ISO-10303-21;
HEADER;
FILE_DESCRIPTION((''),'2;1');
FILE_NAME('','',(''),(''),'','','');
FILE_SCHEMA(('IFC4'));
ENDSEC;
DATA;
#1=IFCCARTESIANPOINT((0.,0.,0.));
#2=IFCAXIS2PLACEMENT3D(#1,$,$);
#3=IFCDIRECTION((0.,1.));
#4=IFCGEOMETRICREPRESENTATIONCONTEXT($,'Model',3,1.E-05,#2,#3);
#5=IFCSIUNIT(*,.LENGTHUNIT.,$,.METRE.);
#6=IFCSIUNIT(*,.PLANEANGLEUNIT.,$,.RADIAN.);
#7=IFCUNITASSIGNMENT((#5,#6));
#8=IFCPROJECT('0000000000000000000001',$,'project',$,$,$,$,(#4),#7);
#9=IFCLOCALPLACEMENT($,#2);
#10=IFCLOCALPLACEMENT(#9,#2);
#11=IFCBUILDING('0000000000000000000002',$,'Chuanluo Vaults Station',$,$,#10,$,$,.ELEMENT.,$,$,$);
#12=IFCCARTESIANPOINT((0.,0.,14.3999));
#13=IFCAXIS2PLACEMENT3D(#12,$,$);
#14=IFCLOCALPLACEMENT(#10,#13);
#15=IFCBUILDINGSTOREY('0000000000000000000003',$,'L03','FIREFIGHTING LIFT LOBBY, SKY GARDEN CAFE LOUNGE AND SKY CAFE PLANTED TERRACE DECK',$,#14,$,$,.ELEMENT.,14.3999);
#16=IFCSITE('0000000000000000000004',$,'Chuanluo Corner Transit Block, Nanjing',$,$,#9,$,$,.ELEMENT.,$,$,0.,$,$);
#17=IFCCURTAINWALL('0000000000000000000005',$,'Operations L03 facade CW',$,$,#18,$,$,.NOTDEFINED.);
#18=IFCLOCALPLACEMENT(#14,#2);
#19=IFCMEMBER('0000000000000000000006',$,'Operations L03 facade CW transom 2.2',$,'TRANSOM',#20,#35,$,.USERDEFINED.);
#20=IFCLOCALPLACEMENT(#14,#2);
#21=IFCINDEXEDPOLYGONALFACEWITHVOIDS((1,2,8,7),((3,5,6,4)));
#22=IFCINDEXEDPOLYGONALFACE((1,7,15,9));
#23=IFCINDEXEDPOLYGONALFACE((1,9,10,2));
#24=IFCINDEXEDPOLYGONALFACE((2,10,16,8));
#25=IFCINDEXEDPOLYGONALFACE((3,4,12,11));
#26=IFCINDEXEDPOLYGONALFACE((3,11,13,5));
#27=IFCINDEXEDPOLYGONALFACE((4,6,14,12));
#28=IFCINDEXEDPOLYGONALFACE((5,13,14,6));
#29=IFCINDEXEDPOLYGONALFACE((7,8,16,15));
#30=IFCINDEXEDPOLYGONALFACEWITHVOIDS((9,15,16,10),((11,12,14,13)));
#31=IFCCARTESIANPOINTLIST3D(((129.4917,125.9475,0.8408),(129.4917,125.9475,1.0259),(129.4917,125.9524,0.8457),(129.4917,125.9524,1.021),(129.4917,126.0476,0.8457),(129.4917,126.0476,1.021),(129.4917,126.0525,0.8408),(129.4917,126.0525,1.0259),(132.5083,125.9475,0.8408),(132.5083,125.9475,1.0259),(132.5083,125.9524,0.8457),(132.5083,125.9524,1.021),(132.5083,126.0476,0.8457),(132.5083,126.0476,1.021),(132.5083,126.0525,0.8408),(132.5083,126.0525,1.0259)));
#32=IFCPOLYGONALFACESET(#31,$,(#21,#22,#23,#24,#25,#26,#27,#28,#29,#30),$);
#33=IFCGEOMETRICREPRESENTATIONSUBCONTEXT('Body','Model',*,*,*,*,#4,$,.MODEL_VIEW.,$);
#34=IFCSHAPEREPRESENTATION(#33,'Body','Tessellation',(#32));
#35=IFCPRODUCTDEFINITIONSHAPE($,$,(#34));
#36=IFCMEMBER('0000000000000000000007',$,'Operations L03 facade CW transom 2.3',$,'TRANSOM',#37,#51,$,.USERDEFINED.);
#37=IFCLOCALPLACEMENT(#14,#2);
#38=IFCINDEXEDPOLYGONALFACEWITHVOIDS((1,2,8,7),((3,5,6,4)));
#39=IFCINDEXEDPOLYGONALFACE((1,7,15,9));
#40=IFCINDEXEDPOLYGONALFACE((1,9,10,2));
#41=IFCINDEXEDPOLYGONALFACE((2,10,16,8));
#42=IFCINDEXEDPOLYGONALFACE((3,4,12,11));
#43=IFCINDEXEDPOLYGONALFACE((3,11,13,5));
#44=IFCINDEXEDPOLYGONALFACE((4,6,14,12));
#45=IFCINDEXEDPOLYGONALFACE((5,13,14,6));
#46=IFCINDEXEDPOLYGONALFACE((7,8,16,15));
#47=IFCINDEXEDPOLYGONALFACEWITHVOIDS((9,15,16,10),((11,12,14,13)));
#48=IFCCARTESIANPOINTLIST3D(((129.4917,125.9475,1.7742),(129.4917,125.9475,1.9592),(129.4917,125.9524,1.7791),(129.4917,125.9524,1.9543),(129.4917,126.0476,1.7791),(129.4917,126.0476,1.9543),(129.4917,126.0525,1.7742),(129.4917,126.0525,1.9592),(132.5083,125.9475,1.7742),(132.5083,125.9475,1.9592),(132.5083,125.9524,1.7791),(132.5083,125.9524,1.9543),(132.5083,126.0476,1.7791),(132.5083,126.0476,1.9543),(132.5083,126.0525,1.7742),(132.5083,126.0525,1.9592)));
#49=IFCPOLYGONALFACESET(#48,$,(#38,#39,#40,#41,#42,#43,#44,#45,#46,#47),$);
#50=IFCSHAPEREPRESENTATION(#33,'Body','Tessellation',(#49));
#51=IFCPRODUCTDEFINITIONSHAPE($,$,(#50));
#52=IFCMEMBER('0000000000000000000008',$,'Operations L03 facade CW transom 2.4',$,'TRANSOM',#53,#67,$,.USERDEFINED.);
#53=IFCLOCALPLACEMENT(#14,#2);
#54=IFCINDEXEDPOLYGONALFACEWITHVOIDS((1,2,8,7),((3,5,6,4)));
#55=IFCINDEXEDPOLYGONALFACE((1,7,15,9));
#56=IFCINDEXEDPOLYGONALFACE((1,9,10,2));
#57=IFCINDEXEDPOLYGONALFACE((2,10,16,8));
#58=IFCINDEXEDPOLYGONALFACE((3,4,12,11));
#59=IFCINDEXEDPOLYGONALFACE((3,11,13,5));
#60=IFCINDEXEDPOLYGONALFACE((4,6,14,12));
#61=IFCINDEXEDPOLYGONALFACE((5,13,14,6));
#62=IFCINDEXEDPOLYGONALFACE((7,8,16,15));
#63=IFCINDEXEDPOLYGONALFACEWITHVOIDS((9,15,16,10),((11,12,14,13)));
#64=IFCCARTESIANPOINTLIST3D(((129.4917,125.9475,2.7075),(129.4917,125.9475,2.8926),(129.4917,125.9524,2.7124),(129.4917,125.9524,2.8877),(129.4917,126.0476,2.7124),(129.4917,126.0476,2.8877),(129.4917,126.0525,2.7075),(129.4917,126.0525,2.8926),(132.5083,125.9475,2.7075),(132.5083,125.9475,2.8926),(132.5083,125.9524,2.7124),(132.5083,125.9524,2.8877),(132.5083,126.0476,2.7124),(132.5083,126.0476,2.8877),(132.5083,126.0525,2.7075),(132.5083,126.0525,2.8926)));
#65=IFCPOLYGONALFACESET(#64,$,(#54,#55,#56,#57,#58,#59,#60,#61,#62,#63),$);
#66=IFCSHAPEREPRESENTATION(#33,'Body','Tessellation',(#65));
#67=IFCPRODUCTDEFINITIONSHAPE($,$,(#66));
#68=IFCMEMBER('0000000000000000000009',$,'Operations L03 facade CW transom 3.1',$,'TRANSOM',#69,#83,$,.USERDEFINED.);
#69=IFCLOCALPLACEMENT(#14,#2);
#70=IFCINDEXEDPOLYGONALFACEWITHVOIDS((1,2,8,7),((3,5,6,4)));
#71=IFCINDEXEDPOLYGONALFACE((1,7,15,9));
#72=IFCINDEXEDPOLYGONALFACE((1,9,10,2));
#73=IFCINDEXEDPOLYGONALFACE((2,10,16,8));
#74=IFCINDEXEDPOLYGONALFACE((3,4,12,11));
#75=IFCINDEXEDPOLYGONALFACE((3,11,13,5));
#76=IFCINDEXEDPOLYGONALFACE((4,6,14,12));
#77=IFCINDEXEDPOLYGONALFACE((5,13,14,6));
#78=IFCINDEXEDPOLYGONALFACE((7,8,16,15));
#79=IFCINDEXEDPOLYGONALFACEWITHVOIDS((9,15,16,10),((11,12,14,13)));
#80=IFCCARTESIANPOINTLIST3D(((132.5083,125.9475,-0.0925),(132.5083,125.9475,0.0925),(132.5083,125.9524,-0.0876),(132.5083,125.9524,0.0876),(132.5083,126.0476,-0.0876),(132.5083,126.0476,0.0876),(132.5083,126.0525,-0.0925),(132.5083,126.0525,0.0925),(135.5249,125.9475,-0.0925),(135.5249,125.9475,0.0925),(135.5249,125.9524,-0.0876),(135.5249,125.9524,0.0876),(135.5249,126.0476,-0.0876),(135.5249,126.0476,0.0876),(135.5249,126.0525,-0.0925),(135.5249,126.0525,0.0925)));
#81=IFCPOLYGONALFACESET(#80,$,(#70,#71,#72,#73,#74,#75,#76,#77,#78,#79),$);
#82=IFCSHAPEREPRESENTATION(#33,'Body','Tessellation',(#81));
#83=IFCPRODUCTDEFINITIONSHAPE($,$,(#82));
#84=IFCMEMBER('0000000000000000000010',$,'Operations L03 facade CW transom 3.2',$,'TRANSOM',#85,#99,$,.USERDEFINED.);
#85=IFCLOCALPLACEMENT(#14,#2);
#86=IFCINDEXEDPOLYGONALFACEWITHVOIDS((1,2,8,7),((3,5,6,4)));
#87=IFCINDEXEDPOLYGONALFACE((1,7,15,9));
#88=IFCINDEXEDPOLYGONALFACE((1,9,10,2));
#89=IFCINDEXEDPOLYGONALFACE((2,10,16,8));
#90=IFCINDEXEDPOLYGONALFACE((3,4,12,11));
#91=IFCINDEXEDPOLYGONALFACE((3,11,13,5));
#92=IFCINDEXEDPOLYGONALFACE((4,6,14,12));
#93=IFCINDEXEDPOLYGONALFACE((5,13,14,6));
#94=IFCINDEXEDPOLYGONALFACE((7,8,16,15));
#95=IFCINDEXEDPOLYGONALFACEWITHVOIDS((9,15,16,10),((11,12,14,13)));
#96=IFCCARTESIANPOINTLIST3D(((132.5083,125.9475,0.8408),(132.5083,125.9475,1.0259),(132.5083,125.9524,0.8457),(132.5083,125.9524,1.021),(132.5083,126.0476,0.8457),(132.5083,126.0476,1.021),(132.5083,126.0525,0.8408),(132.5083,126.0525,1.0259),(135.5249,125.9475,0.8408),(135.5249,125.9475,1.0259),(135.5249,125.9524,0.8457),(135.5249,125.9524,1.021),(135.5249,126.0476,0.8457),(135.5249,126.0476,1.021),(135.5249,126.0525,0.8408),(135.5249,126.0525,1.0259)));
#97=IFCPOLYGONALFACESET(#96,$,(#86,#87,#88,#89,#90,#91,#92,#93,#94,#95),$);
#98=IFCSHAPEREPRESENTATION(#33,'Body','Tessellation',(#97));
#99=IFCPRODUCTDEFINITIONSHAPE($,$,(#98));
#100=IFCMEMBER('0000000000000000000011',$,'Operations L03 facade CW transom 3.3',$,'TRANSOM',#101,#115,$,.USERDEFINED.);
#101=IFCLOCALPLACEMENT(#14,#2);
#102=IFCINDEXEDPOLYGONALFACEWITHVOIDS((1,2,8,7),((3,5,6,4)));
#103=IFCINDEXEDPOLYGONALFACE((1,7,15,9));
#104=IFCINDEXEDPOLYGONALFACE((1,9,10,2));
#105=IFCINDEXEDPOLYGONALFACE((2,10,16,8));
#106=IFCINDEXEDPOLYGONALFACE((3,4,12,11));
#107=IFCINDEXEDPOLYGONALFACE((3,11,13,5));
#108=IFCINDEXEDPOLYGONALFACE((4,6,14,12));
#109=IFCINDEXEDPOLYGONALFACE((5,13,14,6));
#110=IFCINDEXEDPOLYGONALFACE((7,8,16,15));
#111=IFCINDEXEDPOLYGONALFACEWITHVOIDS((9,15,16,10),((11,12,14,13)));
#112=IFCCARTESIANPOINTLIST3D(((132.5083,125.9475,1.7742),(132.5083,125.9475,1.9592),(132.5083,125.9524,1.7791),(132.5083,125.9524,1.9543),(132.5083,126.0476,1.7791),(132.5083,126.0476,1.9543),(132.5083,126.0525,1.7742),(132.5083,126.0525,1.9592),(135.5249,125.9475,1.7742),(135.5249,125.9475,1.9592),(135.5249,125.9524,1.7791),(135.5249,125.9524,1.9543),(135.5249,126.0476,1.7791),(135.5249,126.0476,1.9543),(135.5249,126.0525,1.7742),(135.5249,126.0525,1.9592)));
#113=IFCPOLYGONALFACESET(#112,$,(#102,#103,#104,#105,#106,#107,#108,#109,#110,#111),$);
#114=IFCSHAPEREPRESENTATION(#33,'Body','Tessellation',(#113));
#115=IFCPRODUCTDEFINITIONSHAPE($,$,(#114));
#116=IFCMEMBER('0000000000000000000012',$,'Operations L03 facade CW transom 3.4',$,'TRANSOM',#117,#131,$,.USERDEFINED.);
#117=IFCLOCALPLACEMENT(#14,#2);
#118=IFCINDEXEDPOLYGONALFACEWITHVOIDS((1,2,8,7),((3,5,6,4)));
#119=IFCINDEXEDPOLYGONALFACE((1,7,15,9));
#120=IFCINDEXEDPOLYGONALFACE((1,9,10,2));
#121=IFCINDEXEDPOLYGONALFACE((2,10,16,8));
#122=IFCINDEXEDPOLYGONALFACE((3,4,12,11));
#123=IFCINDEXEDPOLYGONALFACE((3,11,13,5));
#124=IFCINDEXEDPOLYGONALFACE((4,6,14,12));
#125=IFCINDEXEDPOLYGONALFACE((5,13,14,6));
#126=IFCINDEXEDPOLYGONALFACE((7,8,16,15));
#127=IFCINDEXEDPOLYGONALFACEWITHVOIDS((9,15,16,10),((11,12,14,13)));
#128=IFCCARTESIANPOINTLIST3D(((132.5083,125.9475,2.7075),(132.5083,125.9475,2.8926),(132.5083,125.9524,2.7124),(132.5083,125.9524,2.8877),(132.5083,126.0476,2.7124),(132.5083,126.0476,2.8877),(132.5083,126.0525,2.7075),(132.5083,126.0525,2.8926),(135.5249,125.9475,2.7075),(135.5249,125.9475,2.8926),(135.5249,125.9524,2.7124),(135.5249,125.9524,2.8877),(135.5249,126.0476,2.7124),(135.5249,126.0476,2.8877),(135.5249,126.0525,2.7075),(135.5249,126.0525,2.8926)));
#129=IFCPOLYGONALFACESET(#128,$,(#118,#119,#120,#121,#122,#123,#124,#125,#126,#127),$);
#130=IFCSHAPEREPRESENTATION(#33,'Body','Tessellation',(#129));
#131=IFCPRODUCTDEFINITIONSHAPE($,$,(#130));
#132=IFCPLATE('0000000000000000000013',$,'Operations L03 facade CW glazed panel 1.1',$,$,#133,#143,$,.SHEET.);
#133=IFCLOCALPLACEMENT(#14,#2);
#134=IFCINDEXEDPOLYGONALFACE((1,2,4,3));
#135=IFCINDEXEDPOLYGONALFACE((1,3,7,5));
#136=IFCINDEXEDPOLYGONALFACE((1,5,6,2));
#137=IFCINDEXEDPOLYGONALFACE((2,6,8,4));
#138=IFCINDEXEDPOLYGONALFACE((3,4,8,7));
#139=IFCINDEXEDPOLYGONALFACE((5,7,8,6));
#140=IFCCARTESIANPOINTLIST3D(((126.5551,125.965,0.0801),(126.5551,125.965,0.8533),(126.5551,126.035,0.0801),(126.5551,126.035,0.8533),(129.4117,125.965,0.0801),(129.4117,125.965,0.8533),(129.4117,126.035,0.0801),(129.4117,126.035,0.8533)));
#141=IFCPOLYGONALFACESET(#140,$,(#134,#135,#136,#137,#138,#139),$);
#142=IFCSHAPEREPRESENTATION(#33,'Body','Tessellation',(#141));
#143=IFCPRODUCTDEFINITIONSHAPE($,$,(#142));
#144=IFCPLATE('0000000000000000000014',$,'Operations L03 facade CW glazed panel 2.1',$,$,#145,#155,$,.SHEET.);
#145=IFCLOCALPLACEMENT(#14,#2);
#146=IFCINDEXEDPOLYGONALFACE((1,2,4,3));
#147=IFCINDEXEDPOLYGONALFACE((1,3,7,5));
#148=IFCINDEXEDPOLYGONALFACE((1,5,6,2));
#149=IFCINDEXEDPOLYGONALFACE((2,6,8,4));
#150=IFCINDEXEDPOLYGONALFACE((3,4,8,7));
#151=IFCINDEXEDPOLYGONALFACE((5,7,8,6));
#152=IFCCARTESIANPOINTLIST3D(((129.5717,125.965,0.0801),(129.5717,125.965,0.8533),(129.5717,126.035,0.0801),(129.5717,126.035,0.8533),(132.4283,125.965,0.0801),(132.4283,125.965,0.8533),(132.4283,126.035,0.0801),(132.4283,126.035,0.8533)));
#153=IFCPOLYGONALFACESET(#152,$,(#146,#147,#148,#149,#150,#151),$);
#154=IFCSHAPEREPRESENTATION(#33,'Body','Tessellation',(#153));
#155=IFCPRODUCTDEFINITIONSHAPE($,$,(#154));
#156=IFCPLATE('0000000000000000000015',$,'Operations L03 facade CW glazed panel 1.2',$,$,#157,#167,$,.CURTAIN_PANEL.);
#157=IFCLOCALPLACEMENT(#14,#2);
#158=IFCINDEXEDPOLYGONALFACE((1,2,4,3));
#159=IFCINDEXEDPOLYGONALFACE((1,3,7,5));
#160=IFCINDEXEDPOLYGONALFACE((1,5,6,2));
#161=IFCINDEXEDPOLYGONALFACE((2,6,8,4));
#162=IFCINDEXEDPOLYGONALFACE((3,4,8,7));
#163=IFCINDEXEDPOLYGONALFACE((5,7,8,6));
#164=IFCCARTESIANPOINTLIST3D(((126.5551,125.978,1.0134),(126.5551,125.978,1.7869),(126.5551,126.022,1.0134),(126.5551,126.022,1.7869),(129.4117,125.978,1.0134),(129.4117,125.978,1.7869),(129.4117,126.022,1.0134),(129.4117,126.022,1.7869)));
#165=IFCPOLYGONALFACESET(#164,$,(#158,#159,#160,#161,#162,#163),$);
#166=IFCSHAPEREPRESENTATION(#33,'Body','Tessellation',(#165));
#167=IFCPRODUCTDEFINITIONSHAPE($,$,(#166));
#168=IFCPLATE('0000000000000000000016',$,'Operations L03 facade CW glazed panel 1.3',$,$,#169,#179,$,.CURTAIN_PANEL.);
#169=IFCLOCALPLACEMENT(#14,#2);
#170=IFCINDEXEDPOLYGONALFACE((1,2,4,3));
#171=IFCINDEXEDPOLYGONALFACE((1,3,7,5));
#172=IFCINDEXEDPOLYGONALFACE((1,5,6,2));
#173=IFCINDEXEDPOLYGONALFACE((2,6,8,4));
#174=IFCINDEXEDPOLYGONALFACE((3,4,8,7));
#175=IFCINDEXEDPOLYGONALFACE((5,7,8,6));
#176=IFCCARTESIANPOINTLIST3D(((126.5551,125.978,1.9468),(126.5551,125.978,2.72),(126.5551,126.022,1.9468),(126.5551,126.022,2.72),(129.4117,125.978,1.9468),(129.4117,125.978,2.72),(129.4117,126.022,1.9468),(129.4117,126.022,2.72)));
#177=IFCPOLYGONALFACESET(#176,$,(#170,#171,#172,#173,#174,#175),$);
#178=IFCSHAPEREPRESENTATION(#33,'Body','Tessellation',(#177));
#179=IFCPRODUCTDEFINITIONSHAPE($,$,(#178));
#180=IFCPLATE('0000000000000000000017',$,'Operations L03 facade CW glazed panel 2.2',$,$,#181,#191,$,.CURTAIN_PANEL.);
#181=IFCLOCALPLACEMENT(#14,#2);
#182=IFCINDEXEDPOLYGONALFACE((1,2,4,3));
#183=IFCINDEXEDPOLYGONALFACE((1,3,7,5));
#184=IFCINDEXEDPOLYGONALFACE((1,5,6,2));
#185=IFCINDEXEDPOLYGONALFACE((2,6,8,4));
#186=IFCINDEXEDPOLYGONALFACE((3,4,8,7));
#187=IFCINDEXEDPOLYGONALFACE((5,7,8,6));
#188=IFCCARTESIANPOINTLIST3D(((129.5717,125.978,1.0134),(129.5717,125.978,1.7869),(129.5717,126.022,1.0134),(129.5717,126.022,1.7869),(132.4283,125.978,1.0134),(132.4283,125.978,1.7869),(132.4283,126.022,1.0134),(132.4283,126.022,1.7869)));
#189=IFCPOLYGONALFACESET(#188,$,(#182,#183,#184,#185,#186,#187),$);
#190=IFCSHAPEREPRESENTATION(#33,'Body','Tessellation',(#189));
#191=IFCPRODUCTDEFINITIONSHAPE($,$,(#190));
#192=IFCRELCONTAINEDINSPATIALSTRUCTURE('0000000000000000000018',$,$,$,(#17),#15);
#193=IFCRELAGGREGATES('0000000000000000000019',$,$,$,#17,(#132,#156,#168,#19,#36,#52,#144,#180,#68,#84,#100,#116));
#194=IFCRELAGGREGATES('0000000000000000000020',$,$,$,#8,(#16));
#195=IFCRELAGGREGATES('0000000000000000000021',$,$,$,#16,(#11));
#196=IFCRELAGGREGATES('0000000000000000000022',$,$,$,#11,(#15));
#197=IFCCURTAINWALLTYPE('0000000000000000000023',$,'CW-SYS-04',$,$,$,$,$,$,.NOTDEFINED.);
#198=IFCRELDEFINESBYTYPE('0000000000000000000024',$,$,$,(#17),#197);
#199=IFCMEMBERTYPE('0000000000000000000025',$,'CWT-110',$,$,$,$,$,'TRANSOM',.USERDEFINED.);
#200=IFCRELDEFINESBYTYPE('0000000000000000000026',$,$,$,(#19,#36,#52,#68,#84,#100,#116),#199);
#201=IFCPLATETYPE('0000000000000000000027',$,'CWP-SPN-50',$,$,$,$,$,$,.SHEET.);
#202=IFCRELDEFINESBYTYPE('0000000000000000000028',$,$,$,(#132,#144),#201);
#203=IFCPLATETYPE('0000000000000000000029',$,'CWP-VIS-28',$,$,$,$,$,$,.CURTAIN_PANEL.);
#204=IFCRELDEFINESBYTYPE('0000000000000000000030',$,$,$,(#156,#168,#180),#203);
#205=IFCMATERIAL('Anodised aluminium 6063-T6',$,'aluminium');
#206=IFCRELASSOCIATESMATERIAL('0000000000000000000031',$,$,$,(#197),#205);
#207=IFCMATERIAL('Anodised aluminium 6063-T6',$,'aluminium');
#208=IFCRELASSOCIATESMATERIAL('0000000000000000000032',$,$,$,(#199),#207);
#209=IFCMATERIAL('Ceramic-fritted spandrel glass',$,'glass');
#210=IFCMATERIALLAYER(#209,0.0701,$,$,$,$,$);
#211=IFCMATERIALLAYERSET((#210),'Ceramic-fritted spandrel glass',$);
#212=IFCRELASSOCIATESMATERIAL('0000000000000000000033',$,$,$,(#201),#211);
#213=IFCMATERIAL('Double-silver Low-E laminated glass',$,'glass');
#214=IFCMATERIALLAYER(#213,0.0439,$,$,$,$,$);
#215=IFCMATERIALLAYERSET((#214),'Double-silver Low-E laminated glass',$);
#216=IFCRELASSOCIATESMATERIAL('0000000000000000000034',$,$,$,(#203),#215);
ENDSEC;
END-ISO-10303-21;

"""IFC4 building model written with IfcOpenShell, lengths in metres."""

from ifc_helpers import new_model, si_unit, direction, frame, origin, origin_2d, place, context, subcontext, project, spatial, rectangle, hollow_rectangle, extrude, material, layer, layer_set, material_profile, profile_set, type_object, element, aggregate, save


model = new_model("IFC4")

# Units and contexts
model_context = context("Model", 3, precision=1e-05, world=origin(), true_north=direction((0.0, 1.0)))
body_context = subcontext(model_context, "Body", "Model", "MODEL_VIEW")
ifc_project = project(units=[si_unit("LENGTHUNIT", "METRE"), si_unit("PLANEANGLEUNIT", "RADIAN")], contexts=[model_context])

# Site, building, storey
site_placement = place(None, origin())
site = spatial("IfcSite", under=ifc_project, at=site_placement, Name="Chuanluo Corner Transit Block, Nanjing", CompositionType="ELEMENT", RefElevation=0.0)
building_placement = place(site_placement, origin())
building = spatial("IfcBuilding", under=site, at=building_placement, Name="Chuanluo Vaults Station", CompositionType="ELEMENT")
storey_placement = place(building_placement, frame((0.0, 0.0, 14.3999)))
storey = spatial("IfcBuildingStorey", under=building, at=storey_placement, Name="L03", Description="FIREFIGHTING LIFT LOBBY, SKY GARDEN CAFE LOUNGE AND SKY CAFE PLANTED TERRACE DECK", CompositionType="ELEMENT", Elevation=14.3999)

# Curtain wall, members, plates
ifc_material_1 = material(Name="Anodised aluminium 6063-T6", Category="aluminium")
curtain_wall_type = type_object("IfcCurtainWallType", Name="CW-SYS-04", PredefinedType="NOTDEFINED", material=ifc_material_1)
curtain_wall_placement = place(storey_placement, origin())
curtain_wall = element("IfcCurtainWall", 1, at=curtain_wall_placement, inside=storey, type_object=curtain_wall_type, Name="Operations L03 facade CW", PredefinedType="NOTDEFINED")
ifc_material_2 = material(Name="Anodised aluminium 6063-T6", Category="aluminium")
ifc_material_profile_1 = material_profile(ifc_material_2, hollow_rectangle(XDim=0.105, YDim=0.1851, WallThickness=0.0049, at=origin_2d()))
ifc_profile_set_1 = profile_set([ifc_material_profile_1], Name="Anodised aluminium 6063-T6")
member_type_1 = type_object("IfcMemberType", Name="CWT-110", ElementType="TRANSOM", PredefinedType="USERDEFINED", material=ifc_profile_set_1)
member_1_placement = place(storey_placement, frame((129.4917, 126.0, 0.9333), z_axis=(1.0, 0.0, 0.0), x_axis=(0.0, 1.0, 0.0)))
member_1 = element("IfcMember", 2, at=member_1_placement, type_object=member_type_1, Name="Operations L03 facade CW transom 2.2", ObjectType="TRANSOM", PredefinedType="USERDEFINED", context=body_context, shape_type="SweptSolid", body=[
    extrude(hollow_rectangle(XDim=0.105, YDim=0.1851, WallThickness=0.0049, at=origin_2d()), origin(), (0.0, 0.0, 1.0), 3.0166),
])
member_2_placement = place(storey_placement, frame((129.4917, 126.0, 1.8667), z_axis=(1.0, 0.0, 0.0), x_axis=(0.0, 1.0, 0.0)))
member_2 = element("IfcMember", 3, at=member_2_placement, type_object=member_type_1, Name="Operations L03 facade CW transom 2.3", ObjectType="TRANSOM", PredefinedType="USERDEFINED", context=body_context, shape_type="SweptSolid", body=[
    extrude(hollow_rectangle(XDim=0.105, YDim=0.1851, WallThickness=0.0049, at=origin_2d()), origin(), (0.0, 0.0, 1.0), 3.0166),
])
member_3_placement = place(storey_placement, frame((129.4917, 126.0, 2.8), z_axis=(1.0, 0.0, 0.0), x_axis=(0.0, 1.0, 0.0)))
member_3 = element("IfcMember", 4, at=member_3_placement, type_object=member_type_1, Name="Operations L03 facade CW transom 2.4", ObjectType="TRANSOM", PredefinedType="USERDEFINED", context=body_context, shape_type="SweptSolid", body=[
    extrude(hollow_rectangle(XDim=0.105, YDim=0.1851, WallThickness=0.0049, at=origin_2d()), origin(), (0.0, 0.0, 1.0), 3.0166),
])
member_4_placement = place(storey_placement, frame((132.5083, 126.0, 0.0), z_axis=(1.0, 0.0, 0.0), x_axis=(0.0, 1.0, 0.0)))
member_4 = element("IfcMember", 5, at=member_4_placement, type_object=member_type_1, Name="Operations L03 facade CW transom 3.1", ObjectType="TRANSOM", PredefinedType="USERDEFINED", context=body_context, shape_type="SweptSolid", body=[
    extrude(hollow_rectangle(XDim=0.105, YDim=0.1851, WallThickness=0.0049, at=origin_2d()), origin(), (0.0, 0.0, 1.0), 3.0166),
])
member_5_placement = place(storey_placement, frame((132.5083, 126.0, 0.9333), z_axis=(1.0, 0.0, 0.0), x_axis=(0.0, 1.0, 0.0)))
member_5 = element("IfcMember", 6, at=member_5_placement, type_object=member_type_1, Name="Operations L03 facade CW transom 3.2", ObjectType="TRANSOM", PredefinedType="USERDEFINED", context=body_context, shape_type="SweptSolid", body=[
    extrude(hollow_rectangle(XDim=0.105, YDim=0.1851, WallThickness=0.0049, at=origin_2d()), origin(), (0.0, 0.0, 1.0), 3.0166),
])
member_6_placement = place(storey_placement, frame((132.5083, 126.0, 1.8667), z_axis=(1.0, 0.0, 0.0), x_axis=(0.0, 1.0, 0.0)))
member_6 = element("IfcMember", 7, at=member_6_placement, type_object=member_type_1, Name="Operations L03 facade CW transom 3.3", ObjectType="TRANSOM", PredefinedType="USERDEFINED", context=body_context, shape_type="SweptSolid", body=[
    extrude(hollow_rectangle(XDim=0.105, YDim=0.1851, WallThickness=0.0049, at=origin_2d()), origin(), (0.0, 0.0, 1.0), 3.0166),
])
member_7_placement = place(storey_placement, frame((132.5083, 126.0, 2.8), z_axis=(1.0, 0.0, 0.0), x_axis=(0.0, 1.0, 0.0)))
member_7 = element("IfcMember", 8, at=member_7_placement, type_object=member_type_1, Name="Operations L03 facade CW transom 3.4", ObjectType="TRANSOM", PredefinedType="USERDEFINED", context=body_context, shape_type="SweptSolid", body=[
    extrude(hollow_rectangle(XDim=0.105, YDim=0.1851, WallThickness=0.0049, at=origin_2d()), origin(), (0.0, 0.0, 1.0), 3.0166),
])
ifc_material_3 = material(Name="Ceramic-fritted spandrel glass", Category="glass")
ifc_layer_1 = layer(ifc_material_3, 0.0701)
ifc_layer_set_1 = layer_set([ifc_layer_1], Name="Ceramic-fritted spandrel glass")
plate_type_1 = type_object("IfcPlateType", Name="CWP-SPN-50", PredefinedType="SHEET", material=ifc_layer_set_1)
plate_1_placement = place(storey_placement, frame((127.9834, 126.0, 0.0801), z_axis=(0.0, 0.0, 1.0), x_axis=(1.0, 0.0, 0.0)))
plate_1 = element("IfcPlate", 9, at=plate_1_placement, type_object=plate_type_1, Name="Operations L03 facade CW glazed panel 1.1", PredefinedType="SHEET", context=body_context, shape_type="SweptSolid", body=[
    extrude(rectangle(XDim=2.8567, YDim=0.0701, at=origin_2d()), origin(), (0.0, 0.0, 1.0), 0.7732),
])
plate_2_placement = place(storey_placement, frame((131.0, 126.0, 0.0801), z_axis=(0.0, 0.0, 1.0), x_axis=(1.0, 0.0, 0.0)))
plate_2 = element("IfcPlate", 10, at=plate_2_placement, type_object=plate_type_1, Name="Operations L03 facade CW glazed panel 2.1", PredefinedType="SHEET", context=body_context, shape_type="SweptSolid", body=[
    extrude(rectangle(XDim=2.8567, YDim=0.0701, at=origin_2d()), origin(), (0.0, 0.0, 1.0), 0.7732),
])
ifc_material_4 = material(Name="Double-silver Low-E laminated glass", Category="glass")
ifc_layer_2 = layer(ifc_material_4, 0.0439)
ifc_layer_set_2 = layer_set([ifc_layer_2], Name="Double-silver Low-E laminated glass")
plate_type_2 = type_object("IfcPlateType", Name="CWP-VIS-28", PredefinedType="CURTAIN_PANEL", material=ifc_layer_set_2)
plate_3_placement = place(storey_placement, frame((127.9834, 126.0, 1.0134), z_axis=(0.0, 0.0, 1.0), x_axis=(1.0, 0.0, 0.0)))
plate_3 = element("IfcPlate", 11, at=plate_3_placement, type_object=plate_type_2, Name="Operations L03 facade CW glazed panel 1.2", PredefinedType="CURTAIN_PANEL", context=body_context, shape_type="SweptSolid", body=[
    extrude(rectangle(XDim=2.8567, YDim=0.0439, at=origin_2d()), origin(), (0.0, 0.0, 1.0), 0.7734),
])
plate_4_placement = place(storey_placement, frame((127.9834, 126.0, 1.9468), z_axis=(0.0, 0.0, 1.0), x_axis=(1.0, 0.0, 0.0)))
plate_4 = element("IfcPlate", 12, at=plate_4_placement, type_object=plate_type_2, Name="Operations L03 facade CW glazed panel 1.3", PredefinedType="CURTAIN_PANEL", context=body_context, shape_type="SweptSolid", body=[
    extrude(rectangle(XDim=2.8567, YDim=0.0439, at=origin_2d()), origin(), (0.0, 0.0, 1.0), 0.7732),
])
plate_5_placement = place(storey_placement, frame((131.0, 126.0, 1.0134), z_axis=(0.0, 0.0, 1.0), x_axis=(1.0, 0.0, 0.0)))
plate_5 = element("IfcPlate", 13, at=plate_5_placement, type_object=plate_type_2, Name="Operations L03 facade CW glazed panel 2.2", PredefinedType="CURTAIN_PANEL", context=body_context, shape_type="SweptSolid", body=[
    extrude(rectangle(XDim=2.8567, YDim=0.0439, at=origin_2d()), origin(), (0.0, 0.0, 1.0), 0.7734),
])
aggregate(curtain_wall, [plate_1, plate_3, plate_4, member_1, member_2, member_3, plate_2, plate_5, member_4, member_5, member_6, member_7])

save(model, "model.ifc")
